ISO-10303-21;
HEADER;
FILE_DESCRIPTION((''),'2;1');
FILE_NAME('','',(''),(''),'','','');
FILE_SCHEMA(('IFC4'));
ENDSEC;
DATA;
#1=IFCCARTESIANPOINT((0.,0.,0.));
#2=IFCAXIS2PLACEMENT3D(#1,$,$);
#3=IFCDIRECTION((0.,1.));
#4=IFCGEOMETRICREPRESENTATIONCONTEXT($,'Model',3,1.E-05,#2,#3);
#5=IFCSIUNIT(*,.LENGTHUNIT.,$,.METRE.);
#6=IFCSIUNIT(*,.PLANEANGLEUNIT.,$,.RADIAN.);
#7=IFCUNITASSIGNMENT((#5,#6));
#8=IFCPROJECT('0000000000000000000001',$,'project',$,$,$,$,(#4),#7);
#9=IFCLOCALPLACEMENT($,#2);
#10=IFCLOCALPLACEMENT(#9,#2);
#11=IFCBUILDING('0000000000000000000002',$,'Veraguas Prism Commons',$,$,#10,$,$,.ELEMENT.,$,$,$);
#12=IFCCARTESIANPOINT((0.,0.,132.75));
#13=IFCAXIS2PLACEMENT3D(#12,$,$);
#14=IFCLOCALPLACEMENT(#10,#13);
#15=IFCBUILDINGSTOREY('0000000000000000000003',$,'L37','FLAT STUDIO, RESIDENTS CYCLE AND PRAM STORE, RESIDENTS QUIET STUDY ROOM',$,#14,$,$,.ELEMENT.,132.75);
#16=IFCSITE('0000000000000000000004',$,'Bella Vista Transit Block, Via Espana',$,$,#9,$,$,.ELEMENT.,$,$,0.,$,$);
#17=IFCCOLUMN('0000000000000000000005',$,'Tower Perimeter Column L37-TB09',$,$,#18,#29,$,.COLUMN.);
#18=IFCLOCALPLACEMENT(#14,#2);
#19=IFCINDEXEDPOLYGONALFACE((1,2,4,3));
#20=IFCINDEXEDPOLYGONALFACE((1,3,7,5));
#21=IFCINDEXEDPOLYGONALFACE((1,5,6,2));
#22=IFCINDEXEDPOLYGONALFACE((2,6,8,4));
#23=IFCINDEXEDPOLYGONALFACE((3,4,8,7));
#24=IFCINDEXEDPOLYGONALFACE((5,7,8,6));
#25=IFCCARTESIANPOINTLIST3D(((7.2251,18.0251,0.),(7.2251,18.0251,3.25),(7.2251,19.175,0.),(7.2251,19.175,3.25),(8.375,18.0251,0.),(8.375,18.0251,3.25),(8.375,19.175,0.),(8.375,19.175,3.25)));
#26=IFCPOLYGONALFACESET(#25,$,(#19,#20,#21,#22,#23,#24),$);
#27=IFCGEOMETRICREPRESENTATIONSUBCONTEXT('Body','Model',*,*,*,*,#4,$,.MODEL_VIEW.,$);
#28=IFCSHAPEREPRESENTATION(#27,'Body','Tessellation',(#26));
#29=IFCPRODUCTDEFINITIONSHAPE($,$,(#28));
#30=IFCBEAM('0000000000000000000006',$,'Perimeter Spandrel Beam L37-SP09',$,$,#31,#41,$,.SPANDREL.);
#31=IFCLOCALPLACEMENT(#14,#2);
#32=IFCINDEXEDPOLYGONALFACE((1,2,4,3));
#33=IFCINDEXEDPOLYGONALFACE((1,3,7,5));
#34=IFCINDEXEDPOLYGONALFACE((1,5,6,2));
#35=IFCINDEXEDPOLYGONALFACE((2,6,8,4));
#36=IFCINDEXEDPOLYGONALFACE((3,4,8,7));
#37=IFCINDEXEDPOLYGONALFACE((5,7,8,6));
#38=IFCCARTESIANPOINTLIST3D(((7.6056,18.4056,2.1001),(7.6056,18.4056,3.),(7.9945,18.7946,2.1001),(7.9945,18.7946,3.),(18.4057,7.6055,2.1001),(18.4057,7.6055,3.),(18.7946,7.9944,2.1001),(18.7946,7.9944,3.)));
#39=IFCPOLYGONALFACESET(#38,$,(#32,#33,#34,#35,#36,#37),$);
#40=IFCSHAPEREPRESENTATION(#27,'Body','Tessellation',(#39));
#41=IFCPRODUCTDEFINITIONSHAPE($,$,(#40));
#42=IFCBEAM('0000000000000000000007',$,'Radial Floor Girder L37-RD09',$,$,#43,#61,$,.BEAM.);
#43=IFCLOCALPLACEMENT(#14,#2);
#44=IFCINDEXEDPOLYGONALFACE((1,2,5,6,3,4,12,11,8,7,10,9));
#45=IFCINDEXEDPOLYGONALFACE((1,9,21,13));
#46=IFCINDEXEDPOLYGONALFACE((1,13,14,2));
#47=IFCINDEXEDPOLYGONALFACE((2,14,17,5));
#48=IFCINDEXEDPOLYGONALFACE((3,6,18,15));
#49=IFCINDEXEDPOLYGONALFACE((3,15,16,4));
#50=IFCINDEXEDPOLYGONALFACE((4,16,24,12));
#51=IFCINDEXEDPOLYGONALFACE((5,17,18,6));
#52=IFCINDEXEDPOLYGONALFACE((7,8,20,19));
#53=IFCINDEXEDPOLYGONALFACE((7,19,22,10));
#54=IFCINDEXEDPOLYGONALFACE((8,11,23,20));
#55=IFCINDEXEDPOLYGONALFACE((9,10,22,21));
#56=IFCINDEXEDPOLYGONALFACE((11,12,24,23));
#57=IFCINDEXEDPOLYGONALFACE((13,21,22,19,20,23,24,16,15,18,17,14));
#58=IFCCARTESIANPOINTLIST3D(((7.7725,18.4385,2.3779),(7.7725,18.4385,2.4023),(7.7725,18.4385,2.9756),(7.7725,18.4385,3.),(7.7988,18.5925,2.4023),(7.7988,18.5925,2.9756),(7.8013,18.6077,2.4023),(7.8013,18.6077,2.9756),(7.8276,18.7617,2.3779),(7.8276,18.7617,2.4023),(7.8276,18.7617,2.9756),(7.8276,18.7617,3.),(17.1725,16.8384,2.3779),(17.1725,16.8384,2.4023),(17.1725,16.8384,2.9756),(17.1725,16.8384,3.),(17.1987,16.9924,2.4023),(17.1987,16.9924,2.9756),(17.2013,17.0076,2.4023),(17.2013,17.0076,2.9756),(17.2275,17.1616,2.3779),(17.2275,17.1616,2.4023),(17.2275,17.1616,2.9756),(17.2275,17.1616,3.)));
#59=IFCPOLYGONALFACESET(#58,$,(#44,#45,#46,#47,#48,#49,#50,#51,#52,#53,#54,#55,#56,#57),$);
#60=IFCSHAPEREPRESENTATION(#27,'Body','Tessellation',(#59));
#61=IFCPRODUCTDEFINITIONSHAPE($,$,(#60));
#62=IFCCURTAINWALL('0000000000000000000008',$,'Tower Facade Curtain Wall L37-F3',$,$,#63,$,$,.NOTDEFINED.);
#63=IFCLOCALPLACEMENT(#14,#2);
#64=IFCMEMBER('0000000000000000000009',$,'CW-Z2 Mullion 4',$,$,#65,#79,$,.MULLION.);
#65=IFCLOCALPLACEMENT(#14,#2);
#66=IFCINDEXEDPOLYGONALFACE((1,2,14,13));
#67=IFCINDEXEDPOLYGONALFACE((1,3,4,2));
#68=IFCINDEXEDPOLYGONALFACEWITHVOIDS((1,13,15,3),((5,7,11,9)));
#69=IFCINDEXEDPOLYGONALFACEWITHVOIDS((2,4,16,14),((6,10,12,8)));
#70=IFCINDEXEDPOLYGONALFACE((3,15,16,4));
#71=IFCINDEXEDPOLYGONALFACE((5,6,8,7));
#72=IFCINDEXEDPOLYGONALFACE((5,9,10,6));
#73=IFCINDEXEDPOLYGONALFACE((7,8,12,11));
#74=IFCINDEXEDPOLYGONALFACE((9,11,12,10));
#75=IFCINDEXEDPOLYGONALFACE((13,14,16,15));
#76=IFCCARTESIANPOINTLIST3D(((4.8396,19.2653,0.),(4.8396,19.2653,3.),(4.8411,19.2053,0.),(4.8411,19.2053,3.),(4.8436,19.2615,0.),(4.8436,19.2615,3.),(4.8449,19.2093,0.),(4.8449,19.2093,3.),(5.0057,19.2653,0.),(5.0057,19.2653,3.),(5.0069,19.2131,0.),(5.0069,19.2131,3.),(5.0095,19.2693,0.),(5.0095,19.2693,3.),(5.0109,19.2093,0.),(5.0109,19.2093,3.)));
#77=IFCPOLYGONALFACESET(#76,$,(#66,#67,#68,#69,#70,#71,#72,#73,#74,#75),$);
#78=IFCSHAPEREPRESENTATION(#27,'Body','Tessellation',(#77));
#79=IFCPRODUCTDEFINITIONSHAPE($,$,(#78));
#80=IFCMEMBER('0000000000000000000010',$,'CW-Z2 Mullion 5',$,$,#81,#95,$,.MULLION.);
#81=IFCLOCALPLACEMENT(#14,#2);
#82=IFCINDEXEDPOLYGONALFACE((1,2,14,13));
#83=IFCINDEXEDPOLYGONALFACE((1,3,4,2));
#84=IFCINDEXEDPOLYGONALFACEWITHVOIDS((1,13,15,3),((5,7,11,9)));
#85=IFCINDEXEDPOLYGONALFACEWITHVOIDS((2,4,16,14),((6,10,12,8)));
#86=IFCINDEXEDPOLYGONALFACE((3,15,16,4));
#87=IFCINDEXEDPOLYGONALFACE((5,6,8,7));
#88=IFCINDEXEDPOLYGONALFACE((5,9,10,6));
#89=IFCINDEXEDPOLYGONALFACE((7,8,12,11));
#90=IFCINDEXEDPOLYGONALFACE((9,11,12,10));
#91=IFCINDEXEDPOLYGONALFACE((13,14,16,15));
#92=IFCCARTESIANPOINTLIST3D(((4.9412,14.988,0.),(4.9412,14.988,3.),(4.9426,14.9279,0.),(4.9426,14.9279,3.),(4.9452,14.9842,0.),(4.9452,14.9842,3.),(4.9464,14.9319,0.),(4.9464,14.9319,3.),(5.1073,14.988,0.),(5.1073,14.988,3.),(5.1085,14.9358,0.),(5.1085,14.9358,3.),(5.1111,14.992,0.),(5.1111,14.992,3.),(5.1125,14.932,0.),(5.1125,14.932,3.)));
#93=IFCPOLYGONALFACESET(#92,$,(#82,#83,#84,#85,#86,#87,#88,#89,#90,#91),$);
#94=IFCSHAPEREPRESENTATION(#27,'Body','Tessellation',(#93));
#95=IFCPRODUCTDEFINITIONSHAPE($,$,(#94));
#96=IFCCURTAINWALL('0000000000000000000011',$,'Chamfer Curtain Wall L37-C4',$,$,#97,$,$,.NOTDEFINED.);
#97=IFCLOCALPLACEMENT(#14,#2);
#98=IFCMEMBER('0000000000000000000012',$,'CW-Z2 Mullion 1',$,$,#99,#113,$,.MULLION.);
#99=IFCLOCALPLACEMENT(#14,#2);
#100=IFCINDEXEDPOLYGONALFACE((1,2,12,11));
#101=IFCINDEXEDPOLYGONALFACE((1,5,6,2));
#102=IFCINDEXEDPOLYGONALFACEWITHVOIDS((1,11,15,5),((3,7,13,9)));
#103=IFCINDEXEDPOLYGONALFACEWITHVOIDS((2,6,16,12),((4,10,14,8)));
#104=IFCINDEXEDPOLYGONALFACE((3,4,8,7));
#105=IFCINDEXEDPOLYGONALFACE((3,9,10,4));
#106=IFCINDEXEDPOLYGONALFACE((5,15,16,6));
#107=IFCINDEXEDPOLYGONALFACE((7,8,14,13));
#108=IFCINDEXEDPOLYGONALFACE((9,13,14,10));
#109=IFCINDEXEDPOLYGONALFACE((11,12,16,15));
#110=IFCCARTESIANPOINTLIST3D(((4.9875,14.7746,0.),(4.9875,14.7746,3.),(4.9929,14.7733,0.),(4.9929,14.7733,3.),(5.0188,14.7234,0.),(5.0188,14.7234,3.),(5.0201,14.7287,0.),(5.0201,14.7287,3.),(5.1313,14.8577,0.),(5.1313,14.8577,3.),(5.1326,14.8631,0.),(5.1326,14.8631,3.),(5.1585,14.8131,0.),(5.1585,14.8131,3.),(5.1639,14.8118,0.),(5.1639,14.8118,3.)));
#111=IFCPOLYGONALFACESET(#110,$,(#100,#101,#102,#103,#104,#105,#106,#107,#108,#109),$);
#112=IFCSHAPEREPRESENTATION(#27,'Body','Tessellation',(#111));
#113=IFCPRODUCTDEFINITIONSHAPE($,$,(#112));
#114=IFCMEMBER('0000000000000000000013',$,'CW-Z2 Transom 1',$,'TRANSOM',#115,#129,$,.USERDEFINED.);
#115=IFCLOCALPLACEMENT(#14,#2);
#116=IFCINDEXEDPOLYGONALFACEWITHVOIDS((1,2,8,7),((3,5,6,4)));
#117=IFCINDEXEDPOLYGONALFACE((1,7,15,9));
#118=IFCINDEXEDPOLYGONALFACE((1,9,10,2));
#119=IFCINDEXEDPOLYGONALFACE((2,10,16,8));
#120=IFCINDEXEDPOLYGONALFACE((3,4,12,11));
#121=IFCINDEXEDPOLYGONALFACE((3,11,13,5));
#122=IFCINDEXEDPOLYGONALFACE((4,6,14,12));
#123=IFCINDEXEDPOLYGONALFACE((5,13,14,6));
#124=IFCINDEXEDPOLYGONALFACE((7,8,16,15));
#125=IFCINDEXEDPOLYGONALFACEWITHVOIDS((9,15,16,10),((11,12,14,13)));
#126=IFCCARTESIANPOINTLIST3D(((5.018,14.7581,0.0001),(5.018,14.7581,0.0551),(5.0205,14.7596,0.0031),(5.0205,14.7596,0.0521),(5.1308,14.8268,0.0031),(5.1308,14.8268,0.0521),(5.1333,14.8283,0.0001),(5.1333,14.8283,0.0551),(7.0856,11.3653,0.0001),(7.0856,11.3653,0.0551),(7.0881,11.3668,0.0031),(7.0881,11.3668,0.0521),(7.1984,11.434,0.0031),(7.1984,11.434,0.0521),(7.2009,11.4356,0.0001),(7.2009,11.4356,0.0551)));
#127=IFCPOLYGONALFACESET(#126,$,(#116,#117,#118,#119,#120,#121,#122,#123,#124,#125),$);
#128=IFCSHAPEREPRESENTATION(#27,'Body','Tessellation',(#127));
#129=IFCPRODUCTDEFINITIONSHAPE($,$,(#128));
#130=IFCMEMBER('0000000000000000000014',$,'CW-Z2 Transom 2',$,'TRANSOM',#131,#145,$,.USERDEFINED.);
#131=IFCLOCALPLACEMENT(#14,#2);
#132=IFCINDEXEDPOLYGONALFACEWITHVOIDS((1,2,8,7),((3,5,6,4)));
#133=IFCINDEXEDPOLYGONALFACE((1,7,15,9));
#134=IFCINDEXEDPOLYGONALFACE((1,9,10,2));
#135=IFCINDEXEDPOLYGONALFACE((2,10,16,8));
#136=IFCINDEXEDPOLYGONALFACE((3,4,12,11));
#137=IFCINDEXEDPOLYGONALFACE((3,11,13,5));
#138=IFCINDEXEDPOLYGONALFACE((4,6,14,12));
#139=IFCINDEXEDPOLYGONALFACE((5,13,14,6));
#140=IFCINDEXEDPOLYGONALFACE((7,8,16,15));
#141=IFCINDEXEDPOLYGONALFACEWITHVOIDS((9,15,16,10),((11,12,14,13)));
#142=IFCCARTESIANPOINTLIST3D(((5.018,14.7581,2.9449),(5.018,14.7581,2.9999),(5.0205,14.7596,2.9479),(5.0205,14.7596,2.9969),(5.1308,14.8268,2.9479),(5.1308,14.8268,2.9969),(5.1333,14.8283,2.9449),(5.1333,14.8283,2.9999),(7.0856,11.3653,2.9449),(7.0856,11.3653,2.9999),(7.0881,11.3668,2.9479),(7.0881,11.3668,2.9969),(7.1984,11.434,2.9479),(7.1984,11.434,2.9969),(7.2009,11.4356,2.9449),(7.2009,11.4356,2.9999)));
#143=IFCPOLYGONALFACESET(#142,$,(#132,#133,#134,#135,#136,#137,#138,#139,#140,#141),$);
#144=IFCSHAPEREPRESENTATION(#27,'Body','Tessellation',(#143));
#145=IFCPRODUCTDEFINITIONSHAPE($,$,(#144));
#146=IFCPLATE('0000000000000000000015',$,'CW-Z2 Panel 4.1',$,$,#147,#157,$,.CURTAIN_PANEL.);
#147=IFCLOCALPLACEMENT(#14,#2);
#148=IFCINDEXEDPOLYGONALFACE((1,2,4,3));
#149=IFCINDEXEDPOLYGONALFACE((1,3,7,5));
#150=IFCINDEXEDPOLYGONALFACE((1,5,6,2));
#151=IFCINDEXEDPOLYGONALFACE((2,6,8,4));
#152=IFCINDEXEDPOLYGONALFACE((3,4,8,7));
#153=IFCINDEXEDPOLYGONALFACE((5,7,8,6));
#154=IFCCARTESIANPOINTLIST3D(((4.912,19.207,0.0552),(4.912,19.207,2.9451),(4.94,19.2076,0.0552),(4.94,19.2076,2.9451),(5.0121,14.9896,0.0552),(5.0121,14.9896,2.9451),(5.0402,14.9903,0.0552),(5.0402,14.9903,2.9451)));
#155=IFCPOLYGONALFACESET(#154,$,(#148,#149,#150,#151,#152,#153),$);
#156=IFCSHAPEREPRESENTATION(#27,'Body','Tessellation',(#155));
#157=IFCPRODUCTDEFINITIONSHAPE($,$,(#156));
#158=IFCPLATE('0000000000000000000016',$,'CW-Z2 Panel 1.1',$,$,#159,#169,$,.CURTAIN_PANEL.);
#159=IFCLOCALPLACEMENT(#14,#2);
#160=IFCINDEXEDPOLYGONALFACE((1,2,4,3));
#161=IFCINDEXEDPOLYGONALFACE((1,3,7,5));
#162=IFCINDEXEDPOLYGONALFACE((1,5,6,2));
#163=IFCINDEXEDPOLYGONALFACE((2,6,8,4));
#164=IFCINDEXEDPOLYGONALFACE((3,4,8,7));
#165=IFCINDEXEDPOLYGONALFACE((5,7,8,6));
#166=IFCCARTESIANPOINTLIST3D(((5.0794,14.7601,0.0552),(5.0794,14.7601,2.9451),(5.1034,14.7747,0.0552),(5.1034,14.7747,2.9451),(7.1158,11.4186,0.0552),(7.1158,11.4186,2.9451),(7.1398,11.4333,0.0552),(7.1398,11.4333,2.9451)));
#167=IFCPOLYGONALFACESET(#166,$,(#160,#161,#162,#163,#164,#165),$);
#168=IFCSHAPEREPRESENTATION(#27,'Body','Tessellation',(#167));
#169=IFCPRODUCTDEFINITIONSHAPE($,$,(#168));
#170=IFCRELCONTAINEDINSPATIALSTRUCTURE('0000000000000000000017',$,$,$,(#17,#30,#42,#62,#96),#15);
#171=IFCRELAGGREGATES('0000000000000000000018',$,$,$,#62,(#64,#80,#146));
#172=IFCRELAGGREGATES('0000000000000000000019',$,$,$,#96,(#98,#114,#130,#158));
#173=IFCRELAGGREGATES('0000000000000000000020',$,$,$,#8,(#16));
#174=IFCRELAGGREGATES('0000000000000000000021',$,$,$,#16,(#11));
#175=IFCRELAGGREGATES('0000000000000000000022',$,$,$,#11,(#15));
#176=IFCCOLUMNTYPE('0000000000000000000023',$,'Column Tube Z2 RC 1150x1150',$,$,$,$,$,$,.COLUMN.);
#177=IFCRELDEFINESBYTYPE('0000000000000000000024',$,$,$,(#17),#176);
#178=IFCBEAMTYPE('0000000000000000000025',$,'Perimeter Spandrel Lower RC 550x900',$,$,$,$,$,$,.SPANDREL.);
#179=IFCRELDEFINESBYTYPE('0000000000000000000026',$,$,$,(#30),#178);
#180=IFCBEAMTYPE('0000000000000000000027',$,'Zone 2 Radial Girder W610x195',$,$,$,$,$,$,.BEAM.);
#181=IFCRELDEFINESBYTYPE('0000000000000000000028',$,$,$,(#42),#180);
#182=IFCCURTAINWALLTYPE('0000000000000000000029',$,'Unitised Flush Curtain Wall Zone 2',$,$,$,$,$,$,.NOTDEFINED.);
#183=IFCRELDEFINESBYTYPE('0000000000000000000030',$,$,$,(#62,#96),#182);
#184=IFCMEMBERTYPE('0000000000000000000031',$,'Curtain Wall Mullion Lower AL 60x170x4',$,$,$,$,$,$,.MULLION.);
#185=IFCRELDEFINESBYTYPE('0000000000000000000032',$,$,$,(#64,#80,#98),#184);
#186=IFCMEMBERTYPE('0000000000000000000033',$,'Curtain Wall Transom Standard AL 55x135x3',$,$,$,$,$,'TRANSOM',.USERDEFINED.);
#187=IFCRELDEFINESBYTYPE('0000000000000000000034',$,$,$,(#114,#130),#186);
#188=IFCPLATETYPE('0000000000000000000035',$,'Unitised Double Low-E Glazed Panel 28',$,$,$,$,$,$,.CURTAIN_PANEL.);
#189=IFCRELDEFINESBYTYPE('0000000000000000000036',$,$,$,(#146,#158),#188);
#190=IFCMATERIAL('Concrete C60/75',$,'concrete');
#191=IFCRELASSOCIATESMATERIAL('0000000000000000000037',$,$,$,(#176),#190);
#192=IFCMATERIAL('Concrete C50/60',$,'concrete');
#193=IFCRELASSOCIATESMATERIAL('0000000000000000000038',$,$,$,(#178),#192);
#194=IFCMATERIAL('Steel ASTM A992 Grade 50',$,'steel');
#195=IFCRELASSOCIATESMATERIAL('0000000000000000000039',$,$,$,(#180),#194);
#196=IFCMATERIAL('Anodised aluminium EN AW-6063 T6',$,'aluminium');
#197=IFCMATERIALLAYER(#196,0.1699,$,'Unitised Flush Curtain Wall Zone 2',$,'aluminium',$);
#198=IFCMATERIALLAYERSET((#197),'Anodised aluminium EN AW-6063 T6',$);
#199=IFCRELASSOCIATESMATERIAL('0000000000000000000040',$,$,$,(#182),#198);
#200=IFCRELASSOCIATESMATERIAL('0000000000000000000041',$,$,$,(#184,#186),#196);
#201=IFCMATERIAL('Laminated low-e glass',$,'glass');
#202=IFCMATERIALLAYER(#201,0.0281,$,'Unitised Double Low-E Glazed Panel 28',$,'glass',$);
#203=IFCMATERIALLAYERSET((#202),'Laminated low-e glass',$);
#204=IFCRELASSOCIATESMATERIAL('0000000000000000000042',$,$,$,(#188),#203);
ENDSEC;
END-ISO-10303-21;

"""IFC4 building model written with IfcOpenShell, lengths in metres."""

from ifc_helpers import new_model, si_unit, direction, frame, origin, origin_2d, place, context, subcontext, project, spatial, rectangle, hollow_rectangle, i_section, extrude, source, transform, mapped, material, layer, layer_set, material_profile, profile_set, type_object, element, aggregate, save


model = new_model("IFC4")

# Units and contexts
model_context = context("Model", 3, precision=1e-05, world=origin(), true_north=direction((0.0, 1.0)))
body_context = subcontext(model_context, "Body", "Model", "MODEL_VIEW")
ifc_project = project(units=[si_unit("LENGTHUNIT", "METRE"), si_unit("PLANEANGLEUNIT", "RADIAN")], contexts=[model_context])

# Site, building, storey
site_placement = place(None, origin())
site = spatial("IfcSite", under=ifc_project, at=site_placement, Name="Bella Vista Transit Block, Via Espana", CompositionType="ELEMENT", RefElevation=0.0)
building_placement = place(site_placement, origin())
building = spatial("IfcBuilding", under=site, at=building_placement, Name="Veraguas Prism Commons", CompositionType="ELEMENT")
storey_placement = place(building_placement, frame((0.0, 0.0, 132.75)))
storey = spatial("IfcBuildingStorey", under=building, at=storey_placement, Name="L37", Description="FLAT STUDIO, RESIDENTS CYCLE AND PRAM STORE, RESIDENTS QUIET STUDY ROOM", CompositionType="ELEMENT", Elevation=132.75)

# Column
ifc_material_1 = material(Name="Concrete C60/75", Category="concrete")
ifc_material_profile_1 = material_profile(ifc_material_1, rectangle(XDim=1.1499, YDim=1.1499, at=origin_2d()), Name="RC1150X1150")
ifc_profile_set_1 = profile_set([ifc_material_profile_1], Name="Concrete C60/75")
column_type = type_object("IfcColumnType", Name="Column Tube Z2 RC 1150x1150", PredefinedType="COLUMN", material=ifc_profile_set_1)
column_placement = place(storey_placement, frame((7.8, 18.6001, 0.0), z_axis=(0.0, 0.0, 1.0), x_axis=(1.0, 0.0, 0.0)))
element("IfcColumn", 1, at=column_placement, inside=storey, type_object=column_type, Name="Tower Perimeter Column L37-TB09", PredefinedType="COLUMN", context=body_context, shape_type="SweptSolid", body=[
    extrude(rectangle(XDim=1.1499, YDim=1.1499, at=origin_2d()), origin(), (0.0, 0.0, 1.0), 3.25),
])

# Beams
ifc_material_2 = material(Name="Concrete C50/60", Category="concrete")
ifc_material_profile_2 = material_profile(ifc_material_2, rectangle(XDim=0.55, YDim=0.8999, at=origin_2d()), Name="RC550X900")
ifc_profile_set_2 = profile_set([ifc_material_profile_2], Name="Concrete C50/60")
beam_type_1 = type_object("IfcBeamType", Name="Perimeter Spandrel Lower RC 550x900", PredefinedType="SPANDREL", material=ifc_profile_set_2)
beam_1_placement = place(storey_placement, frame((7.8, 18.6001, 2.55), z_axis=(0.707107, -0.707107, 0.0), x_axis=(0.707107, 0.707107, 0.0)))
element("IfcBeam", 2, at=beam_1_placement, inside=storey, type_object=beam_type_1, Name="Perimeter Spandrel Beam L37-SP09", PredefinedType="SPANDREL", context=body_context, shape_type="SweptSolid", body=[
    extrude(rectangle(XDim=0.55, YDim=0.8999, at=origin_2d()), origin(), (0.0, 0.0, 1.0), 15.2737),
])
ifc_material_3 = material(Name="Steel ASTM A992 Grade 50", Category="steel")
ifc_material_profile_3 = material_profile(ifc_material_3, i_section(OverallWidth=0.3279, OverallDepth=0.6221, WebThickness=0.0154, FlangeThickness=0.0244, at=origin_2d()), Name="W610X195")
ifc_profile_set_3 = profile_set([ifc_material_profile_3], Name="Steel ASTM A992 Grade 50")
beam_type_2 = type_object("IfcBeamType", Name="Zone 2 Radial Girder W610x195", PredefinedType="BEAM", material=ifc_profile_set_3)
beam_2_placement = place(storey_placement, frame((7.8, 18.6001, 2.689), z_axis=(0.985819, -0.167811, 0.0), x_axis=(0.167811, 0.985819, 0.0)))
element("IfcBeam", 3, at=beam_2_placement, inside=storey, type_object=beam_type_2, Name="Radial Floor Girder L37-RD09", PredefinedType="BEAM", context=body_context, shape_type="SweptSolid", body=[
    extrude(i_section(OverallWidth=0.3279, OverallDepth=0.6221, WebThickness=0.0154, FlangeThickness=0.0244, at=origin_2d()), origin(), (0.0, 0.0, 1.0), 9.5352),
])

# Curtain walls, members
ifc_material_4 = material(Name="Anodised aluminium EN AW-6063 T6", Category="aluminium")
ifc_layer_1 = layer(ifc_material_4, 0.1699, Name="Unitised Flush Curtain Wall Zone 2", Category="aluminium")
ifc_layer_set_1 = layer_set([ifc_layer_1], Name="Anodised aluminium EN AW-6063 T6")
curtain_wall_type = type_object("IfcCurtainWallType", Name="Unitised Flush Curtain Wall Zone 2", PredefinedType="NOTDEFINED", material=ifc_layer_set_1)
curtain_wall_1_placement = place(storey_placement, origin())
curtain_wall_1 = element("IfcCurtainWall", 4, at=curtain_wall_1_placement, inside=storey, type_object=curtain_wall_type, Name="Tower Facade Curtain Wall L37-F3", PredefinedType="NOTDEFINED")
ifc_material_profile_4 = material_profile(ifc_material_4, hollow_rectangle(XDim=0.0601, YDim=0.1699, WallThickness=0.0039, at=origin_2d()), Name="AL60X170X4")
ifc_profile_set_4 = profile_set([ifc_material_profile_4], Name="Anodised aluminium EN AW-6063 T6")
member_type_1 = type_object("IfcMemberType", Name="Curtain Wall Mullion Lower AL 60x170x4", PredefinedType="MULLION", material=ifc_profile_set_4)
shared_shape_1 = source(origin(), body_context, "Body", "SweptSolid", [
    extrude(hollow_rectangle(XDim=0.0601, YDim=0.1699, WallThickness=0.0039, at=origin_2d()), origin(), (0.0, 0.0, 1.0), 3.0),
])
member_1_placement = place(storey_placement, frame((4.9253, 19.2373, 0.0), z_axis=(0.0, 0.0, 1.0), x_axis=(0.023738, -0.999718, 0.0)))
member_1 = element("IfcMember", 5, at=member_1_placement, type_object=member_type_1, Name="CW-Z2 Mullion 4", PredefinedType="MULLION", context=body_context, shape_type="MappedRepresentation", body=[
    mapped(shared_shape_1, transform((0.0, 0.0, 0.0), scale=1.0)),
])
member_2_placement = place(storey_placement, frame((5.0269, 14.96, 0.0), z_axis=(0.0, 0.0, 1.0), x_axis=(0.023738, -0.999718, 0.0)))
member_2 = element("IfcMember", 6, at=member_2_placement, type_object=member_type_1, Name="CW-Z2 Mullion 5", PredefinedType="MULLION", context=body_context, shape_type="MappedRepresentation", body=[
    mapped(shared_shape_1, transform((0.0, 0.0, 0.0), scale=1.0)),
])
curtain_wall_2_placement = place(storey_placement, origin())
curtain_wall_2 = element("IfcCurtainWall", 7, at=curtain_wall_2_placement, inside=storey, type_object=curtain_wall_type, Name="Chamfer Curtain Wall L37-C4", PredefinedType="NOTDEFINED")
member_3_placement = place(storey_placement, frame((5.0757, 14.7932, 0.0), z_axis=(0.0, 0.0, 1.0), x_axis=(0.520409, -0.853917, 0.0)))
member_3 = element("IfcMember", 8, at=member_3_placement, type_object=member_type_1, Name="CW-Z2 Mullion 1", PredefinedType="MULLION", context=body_context, shape_type="MappedRepresentation", body=[
    mapped(shared_shape_1, transform((0.0, 0.0, 0.0), scale=1.0)),
])
ifc_material_profile_5 = material_profile(ifc_material_4, hollow_rectangle(XDim=0.0549, YDim=0.135, WallThickness=0.0029, at=origin_2d()), Name="AL55X135X3")
ifc_profile_set_5 = profile_set([ifc_material_profile_5], Name="Anodised aluminium EN AW-6063 T6")
member_type_2 = type_object("IfcMemberType", Name="Curtain Wall Transom Standard AL 55x135x3", ElementType="TRANSOM", PredefinedType="USERDEFINED", material=ifc_profile_set_5)
shared_shape_2 = source(origin(), body_context, "Body", "SweptSolid", [
    extrude(hollow_rectangle(XDim=0.0549, YDim=0.135, WallThickness=0.0029, at=origin_2d()), origin(), (0.0, 0.0, 1.0), 3.9731),
])
member_4_placement = place(storey_placement, frame((5.0757, 14.7932, 0.0276), z_axis=(0.520393, -0.853927, 0.0), x_axis=(0.0, 0.0, 1.0)))
member_4 = element("IfcMember", 9, at=member_4_placement, type_object=member_type_2, Name="CW-Z2 Transom 1", ObjectType="TRANSOM", PredefinedType="USERDEFINED", context=body_context, shape_type="MappedRepresentation", body=[
    mapped(shared_shape_2, transform((0.0, 0.0, 0.0), scale=1.0)),
])
member_5_placement = place(storey_placement, frame((5.0757, 14.7932, 2.9724), z_axis=(0.520393, -0.853927, 0.0), x_axis=(0.0, 0.0, 1.0)))
member_5 = element("IfcMember", 10, at=member_5_placement, type_object=member_type_2, Name="CW-Z2 Transom 2", ObjectType="TRANSOM", PredefinedType="USERDEFINED", context=body_context, shape_type="MappedRepresentation", body=[
    mapped(shared_shape_2, transform((0.0, 0.0, 0.0), scale=1.0)),
])

# Plates
ifc_material_5 = material(Name="Laminated low-e glass", Category="glass")
ifc_layer_2 = layer(ifc_material_5, 0.0281, Name="Unitised Double Low-E Glazed Panel 28", Category="glass")
ifc_layer_set_2 = layer_set([ifc_layer_2], Name="Laminated low-e glass")
plate_type = type_object("IfcPlateType", Name="Unitised Double Low-E Glazed Panel 28", PredefinedType="CURTAIN_PANEL", material=ifc_layer_set_2)
shared_shape_3 = source(origin(), body_context, "Body", "SweptSolid", [
    extrude(rectangle(XDim=4.2185, YDim=0.0281, at=origin_2d()), origin(), (0.0, 0.0, 1.0), 2.8899),
])
plate_1_placement = place(storey_placement, frame((4.9761, 17.0986, 0.0552), z_axis=(0.0, 0.0, 1.0), x_axis=(0.023738, -0.999718, 0.0)))
plate_1 = element("IfcPlate", 11, at=plate_1_placement, type_object=plate_type, Name="CW-Z2 Panel 4.1", PredefinedType="CURTAIN_PANEL", context=body_context, shape_type="MappedRepresentation", body=[
    mapped(shared_shape_3, transform((0.0, 0.0, 0.0), scale=1.0)),
])
aggregate(curtain_wall_1, [member_1, member_2, plate_1])
shared_shape_4 = source(origin(), body_context, "Body", "SweptSolid", [
    extrude(rectangle(XDim=3.9131, YDim=0.0281, at=origin_2d()), origin(), (0.0, 0.0, 1.0), 2.8899),
])
plate_2_placement = place(storey_placement, frame((6.1096, 13.0967, 0.0552), z_axis=(0.0, 0.0, 1.0), x_axis=(0.520409, -0.853917, 0.0)))
plate_2 = element("IfcPlate", 12, at=plate_2_placement, type_object=plate_type, Name="CW-Z2 Panel 1.1", PredefinedType="CURTAIN_PANEL", context=body_context, shape_type="MappedRepresentation", body=[
    mapped(shared_shape_4, transform((0.0, 0.0, 0.0), scale=1.0)),
])
aggregate(curtain_wall_2, [member_3, member_4, member_5, plate_2])

save(model, "model.ifc")
